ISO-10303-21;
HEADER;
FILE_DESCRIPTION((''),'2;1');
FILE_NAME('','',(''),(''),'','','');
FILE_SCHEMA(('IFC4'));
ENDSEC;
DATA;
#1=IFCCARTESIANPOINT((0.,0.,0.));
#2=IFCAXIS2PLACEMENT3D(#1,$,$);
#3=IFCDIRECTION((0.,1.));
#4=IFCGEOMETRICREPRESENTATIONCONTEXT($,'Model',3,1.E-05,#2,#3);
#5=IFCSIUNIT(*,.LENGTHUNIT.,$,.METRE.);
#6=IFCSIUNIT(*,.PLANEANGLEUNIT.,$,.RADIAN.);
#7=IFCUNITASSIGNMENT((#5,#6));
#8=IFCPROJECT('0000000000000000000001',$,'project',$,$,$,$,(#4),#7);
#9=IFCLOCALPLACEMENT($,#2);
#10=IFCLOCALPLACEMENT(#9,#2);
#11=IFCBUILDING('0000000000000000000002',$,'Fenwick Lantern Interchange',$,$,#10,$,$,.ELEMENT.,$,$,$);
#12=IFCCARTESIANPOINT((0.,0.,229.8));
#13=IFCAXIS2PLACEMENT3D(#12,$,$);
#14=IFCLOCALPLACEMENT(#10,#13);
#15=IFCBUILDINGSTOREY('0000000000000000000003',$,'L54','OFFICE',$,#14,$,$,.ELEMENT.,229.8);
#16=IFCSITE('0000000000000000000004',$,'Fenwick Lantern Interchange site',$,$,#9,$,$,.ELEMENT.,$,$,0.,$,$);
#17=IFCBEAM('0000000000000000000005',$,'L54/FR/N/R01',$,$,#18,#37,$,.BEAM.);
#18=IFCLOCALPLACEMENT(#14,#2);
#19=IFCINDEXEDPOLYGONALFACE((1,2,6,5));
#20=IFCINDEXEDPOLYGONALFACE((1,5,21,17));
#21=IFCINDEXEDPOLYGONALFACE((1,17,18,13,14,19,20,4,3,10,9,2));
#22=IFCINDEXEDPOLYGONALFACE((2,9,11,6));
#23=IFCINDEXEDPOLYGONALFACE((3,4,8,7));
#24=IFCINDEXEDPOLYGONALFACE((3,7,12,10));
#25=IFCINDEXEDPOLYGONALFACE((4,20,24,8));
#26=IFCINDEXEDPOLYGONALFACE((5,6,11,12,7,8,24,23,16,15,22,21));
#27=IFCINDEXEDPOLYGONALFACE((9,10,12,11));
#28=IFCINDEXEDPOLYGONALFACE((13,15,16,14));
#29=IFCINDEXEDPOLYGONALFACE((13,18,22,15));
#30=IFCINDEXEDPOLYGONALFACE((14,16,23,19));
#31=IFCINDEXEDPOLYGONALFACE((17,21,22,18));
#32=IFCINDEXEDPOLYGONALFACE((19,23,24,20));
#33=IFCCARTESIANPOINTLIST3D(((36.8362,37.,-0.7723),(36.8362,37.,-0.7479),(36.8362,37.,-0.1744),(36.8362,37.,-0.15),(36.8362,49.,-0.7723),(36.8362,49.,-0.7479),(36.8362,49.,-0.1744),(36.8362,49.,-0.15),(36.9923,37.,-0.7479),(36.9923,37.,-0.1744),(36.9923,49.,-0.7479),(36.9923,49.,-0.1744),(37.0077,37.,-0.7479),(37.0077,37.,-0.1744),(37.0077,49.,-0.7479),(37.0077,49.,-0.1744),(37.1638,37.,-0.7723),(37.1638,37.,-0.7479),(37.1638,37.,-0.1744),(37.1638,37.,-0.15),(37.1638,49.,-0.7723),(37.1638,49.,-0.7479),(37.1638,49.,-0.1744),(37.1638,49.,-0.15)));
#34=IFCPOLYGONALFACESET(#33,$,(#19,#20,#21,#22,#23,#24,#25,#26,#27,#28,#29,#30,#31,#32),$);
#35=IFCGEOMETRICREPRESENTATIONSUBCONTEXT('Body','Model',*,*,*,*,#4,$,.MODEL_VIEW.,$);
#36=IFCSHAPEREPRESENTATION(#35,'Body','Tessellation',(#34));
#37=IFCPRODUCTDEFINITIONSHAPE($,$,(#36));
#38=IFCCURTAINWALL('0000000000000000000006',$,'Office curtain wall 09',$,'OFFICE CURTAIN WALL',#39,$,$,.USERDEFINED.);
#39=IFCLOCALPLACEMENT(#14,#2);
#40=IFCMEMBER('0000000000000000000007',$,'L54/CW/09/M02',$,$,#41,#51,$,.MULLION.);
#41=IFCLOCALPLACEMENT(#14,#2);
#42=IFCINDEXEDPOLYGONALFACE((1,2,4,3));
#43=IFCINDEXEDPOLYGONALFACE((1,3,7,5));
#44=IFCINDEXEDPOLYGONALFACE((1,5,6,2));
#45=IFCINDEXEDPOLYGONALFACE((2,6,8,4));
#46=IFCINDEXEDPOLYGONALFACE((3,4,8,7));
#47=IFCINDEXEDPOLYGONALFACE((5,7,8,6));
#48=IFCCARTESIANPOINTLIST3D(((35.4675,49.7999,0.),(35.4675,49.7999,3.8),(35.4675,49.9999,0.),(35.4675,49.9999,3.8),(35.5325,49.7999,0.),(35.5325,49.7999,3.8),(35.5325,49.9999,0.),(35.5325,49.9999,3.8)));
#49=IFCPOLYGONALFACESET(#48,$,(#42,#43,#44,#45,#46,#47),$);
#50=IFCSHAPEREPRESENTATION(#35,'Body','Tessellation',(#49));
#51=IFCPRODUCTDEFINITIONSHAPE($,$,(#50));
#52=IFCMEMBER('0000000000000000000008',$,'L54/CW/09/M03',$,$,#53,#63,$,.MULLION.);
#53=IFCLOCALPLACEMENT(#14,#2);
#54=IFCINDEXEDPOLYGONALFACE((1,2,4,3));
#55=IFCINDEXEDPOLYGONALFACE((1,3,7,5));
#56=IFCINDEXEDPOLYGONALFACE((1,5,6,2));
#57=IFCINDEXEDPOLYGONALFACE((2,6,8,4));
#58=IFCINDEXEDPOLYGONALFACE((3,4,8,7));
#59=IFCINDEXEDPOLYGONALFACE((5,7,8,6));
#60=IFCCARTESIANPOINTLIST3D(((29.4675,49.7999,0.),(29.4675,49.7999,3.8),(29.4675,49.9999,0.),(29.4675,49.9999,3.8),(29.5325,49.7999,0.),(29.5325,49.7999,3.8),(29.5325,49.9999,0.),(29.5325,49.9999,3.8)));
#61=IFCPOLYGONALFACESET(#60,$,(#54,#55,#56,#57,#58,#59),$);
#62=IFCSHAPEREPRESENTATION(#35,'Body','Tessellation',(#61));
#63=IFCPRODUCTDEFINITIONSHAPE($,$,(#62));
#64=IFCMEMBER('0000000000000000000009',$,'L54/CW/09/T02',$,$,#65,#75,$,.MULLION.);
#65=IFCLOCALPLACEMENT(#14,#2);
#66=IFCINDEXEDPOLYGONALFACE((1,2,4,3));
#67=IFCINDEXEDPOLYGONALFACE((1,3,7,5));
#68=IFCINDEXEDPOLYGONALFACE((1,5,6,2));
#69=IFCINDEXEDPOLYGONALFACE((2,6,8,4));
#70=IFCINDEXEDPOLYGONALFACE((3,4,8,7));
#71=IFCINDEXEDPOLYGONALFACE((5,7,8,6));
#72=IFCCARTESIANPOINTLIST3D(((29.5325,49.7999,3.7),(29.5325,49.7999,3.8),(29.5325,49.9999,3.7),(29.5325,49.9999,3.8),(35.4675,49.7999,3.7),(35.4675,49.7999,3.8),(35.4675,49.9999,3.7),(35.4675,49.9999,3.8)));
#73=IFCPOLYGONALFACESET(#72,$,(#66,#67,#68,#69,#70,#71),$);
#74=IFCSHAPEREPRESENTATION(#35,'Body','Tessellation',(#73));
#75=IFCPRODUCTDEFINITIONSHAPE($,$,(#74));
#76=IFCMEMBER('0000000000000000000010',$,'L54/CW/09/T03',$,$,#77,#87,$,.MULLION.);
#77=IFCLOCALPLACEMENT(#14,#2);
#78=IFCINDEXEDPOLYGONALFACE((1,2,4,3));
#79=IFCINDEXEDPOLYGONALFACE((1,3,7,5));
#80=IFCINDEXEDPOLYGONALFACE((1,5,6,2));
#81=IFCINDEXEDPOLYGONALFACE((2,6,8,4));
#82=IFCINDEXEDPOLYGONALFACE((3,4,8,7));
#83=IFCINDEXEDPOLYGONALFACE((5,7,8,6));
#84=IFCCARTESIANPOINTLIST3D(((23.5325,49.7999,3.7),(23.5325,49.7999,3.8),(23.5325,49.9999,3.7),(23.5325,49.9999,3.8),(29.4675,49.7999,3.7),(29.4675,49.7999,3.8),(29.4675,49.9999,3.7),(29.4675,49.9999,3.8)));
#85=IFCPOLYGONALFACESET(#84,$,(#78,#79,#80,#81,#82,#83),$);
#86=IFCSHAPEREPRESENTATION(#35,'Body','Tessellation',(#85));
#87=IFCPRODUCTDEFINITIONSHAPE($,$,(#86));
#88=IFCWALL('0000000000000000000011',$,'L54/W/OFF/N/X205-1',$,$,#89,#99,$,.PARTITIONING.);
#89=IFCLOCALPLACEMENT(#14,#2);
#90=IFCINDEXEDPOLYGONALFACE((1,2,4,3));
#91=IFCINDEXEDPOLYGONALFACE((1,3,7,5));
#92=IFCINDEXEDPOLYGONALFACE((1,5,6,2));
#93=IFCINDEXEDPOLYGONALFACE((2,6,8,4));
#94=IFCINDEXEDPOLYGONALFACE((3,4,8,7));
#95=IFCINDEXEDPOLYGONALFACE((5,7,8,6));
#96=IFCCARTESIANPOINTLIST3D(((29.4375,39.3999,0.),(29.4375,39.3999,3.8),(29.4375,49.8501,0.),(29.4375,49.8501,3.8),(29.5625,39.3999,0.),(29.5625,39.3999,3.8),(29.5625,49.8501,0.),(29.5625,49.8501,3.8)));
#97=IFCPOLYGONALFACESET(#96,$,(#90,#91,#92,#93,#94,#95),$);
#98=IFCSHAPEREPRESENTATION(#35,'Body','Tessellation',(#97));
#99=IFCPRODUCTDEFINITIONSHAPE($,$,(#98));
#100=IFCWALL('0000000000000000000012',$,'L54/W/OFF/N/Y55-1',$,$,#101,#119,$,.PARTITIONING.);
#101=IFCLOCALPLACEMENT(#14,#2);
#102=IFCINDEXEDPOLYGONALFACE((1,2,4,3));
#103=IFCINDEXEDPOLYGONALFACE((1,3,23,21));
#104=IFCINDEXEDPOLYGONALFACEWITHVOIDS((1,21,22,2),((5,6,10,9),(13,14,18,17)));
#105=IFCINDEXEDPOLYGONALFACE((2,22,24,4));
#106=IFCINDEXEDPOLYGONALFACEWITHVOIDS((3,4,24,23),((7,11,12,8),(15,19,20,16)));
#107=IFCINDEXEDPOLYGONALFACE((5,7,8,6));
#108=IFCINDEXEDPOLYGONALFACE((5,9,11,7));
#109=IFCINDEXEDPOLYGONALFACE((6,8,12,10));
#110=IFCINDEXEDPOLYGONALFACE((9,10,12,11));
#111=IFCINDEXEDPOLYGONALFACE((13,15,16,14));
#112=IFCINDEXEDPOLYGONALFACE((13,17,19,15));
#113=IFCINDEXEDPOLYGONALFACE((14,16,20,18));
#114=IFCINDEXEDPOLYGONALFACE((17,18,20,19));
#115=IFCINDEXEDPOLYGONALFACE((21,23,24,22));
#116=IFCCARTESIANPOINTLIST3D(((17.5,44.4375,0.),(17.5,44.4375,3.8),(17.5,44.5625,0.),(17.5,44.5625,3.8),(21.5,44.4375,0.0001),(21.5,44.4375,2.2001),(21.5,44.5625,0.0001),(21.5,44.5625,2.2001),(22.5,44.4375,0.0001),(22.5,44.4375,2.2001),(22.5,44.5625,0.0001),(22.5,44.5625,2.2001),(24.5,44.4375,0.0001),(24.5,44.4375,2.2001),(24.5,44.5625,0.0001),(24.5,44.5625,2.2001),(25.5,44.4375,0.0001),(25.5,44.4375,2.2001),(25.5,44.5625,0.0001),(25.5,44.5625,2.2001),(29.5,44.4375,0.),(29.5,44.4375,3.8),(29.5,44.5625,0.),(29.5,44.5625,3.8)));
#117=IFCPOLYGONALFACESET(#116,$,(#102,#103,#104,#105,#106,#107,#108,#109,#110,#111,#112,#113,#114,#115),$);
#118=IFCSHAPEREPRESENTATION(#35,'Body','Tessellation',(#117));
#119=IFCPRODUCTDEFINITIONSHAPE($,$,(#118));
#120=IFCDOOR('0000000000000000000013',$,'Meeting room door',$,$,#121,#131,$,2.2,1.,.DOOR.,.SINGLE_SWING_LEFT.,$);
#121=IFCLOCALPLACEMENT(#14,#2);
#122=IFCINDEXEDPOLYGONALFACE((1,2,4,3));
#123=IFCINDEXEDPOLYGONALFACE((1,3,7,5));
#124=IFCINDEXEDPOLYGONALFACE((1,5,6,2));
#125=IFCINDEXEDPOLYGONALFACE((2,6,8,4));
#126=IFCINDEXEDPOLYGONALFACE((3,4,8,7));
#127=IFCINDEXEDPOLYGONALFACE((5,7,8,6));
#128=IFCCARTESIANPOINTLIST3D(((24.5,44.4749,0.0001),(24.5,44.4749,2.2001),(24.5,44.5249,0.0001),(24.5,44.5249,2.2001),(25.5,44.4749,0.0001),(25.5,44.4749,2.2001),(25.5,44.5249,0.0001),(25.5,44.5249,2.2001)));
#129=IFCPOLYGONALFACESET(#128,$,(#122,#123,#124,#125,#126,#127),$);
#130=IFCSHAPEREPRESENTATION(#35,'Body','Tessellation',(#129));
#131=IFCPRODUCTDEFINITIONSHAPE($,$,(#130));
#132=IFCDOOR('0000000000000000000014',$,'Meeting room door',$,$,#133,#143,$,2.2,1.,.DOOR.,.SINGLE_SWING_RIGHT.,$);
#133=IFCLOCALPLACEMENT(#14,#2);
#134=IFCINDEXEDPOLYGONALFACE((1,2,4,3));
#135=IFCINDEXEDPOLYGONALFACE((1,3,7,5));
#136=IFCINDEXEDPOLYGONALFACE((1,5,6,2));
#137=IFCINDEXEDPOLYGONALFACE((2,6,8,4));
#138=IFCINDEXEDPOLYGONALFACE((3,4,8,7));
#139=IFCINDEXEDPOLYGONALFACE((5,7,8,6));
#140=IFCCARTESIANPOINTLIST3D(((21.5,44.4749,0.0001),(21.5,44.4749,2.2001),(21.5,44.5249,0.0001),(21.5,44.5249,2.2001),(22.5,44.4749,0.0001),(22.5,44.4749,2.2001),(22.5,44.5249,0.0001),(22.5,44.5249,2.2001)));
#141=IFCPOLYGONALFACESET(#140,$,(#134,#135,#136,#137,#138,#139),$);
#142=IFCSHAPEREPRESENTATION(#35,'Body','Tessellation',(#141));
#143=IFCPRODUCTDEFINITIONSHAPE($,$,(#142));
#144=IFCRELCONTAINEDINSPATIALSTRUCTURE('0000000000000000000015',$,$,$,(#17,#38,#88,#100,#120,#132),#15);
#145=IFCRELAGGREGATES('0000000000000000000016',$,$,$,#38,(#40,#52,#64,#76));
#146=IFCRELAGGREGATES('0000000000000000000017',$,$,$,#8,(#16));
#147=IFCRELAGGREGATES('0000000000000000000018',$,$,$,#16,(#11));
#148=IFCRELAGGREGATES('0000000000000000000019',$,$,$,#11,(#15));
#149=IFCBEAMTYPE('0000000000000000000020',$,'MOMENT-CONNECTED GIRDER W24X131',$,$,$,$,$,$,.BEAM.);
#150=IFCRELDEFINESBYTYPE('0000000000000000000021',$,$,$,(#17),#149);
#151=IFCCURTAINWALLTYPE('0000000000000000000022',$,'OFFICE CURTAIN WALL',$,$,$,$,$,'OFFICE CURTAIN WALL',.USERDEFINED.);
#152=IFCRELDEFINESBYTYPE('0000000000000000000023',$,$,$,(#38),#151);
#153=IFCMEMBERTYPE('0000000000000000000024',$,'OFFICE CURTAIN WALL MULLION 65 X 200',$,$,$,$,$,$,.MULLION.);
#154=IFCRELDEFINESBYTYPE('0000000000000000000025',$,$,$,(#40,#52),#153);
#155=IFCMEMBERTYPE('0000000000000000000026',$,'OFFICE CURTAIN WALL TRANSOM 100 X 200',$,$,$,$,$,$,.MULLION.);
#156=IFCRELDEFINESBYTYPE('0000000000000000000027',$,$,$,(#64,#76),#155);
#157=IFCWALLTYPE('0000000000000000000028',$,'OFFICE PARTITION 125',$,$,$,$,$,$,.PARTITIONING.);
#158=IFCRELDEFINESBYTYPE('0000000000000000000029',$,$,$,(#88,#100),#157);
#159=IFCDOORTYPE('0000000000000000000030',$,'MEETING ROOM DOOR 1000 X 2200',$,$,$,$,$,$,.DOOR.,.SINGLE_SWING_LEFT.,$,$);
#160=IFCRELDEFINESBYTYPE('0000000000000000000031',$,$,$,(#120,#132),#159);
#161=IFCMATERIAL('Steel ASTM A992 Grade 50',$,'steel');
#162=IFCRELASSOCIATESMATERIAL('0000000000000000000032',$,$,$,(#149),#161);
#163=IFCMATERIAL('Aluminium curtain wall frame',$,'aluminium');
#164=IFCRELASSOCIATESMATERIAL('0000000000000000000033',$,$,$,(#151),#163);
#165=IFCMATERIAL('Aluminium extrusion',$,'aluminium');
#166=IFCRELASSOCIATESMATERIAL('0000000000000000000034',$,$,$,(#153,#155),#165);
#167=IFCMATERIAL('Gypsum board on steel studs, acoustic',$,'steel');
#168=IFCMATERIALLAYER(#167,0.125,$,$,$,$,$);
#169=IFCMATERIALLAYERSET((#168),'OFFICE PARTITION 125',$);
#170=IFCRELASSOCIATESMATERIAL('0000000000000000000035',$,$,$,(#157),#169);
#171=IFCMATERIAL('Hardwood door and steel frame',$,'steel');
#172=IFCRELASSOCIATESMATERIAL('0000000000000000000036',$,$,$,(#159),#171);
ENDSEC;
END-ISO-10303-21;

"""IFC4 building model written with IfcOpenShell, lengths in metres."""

from ifc_helpers import new_model, si_unit, direction, frame, frame_2d, origin, origin_2d, place, context, subcontext, project, spatial, rectangle, i_section, extrude, material, layer, layer_set, material_profile, profile_set, type_object, element, fill, aggregate, save


model = new_model("IFC4")

# Units and contexts
model_context = context("Model", 3, precision=1e-05, world=origin(), true_north=direction((0.0, 1.0)))
body_context = subcontext(model_context, "Body", "Model", "MODEL_VIEW")
ifc_project = project(units=[si_unit("LENGTHUNIT", "METRE"), si_unit("PLANEANGLEUNIT", "RADIAN")], contexts=[model_context])

# Site, building, storey
site_placement = place(None, origin())
site = spatial("IfcSite", under=ifc_project, at=site_placement, Name="Fenwick Lantern Interchange site", CompositionType="ELEMENT", RefElevation=0.0)
building_placement = place(site_placement, origin())
building = spatial("IfcBuilding", under=site, at=building_placement, Name="Fenwick Lantern Interchange", CompositionType="ELEMENT")
storey_placement = place(building_placement, frame((0.0, 0.0, 229.8)))
storey = spatial("IfcBuildingStorey", under=building, at=storey_placement, Name="L54", Description="OFFICE", CompositionType="ELEMENT", Elevation=229.8)

# Beam
ifc_material_1 = material(Name="Steel ASTM A992 Grade 50", Category="steel")
ifc_material_profile_1 = material_profile(ifc_material_1, i_section(OverallWidth=0.3276, OverallDepth=0.6223, WebThickness=0.0154, FlangeThickness=0.0244, at=origin_2d()), Name="W24X131")
ifc_profile_set_1 = profile_set([ifc_material_profile_1], Name="Steel ASTM A992 Grade 50")
beam_type_1 = type_object("IfcBeamType", Name="MOMENT-CONNECTED GIRDER W24X131", PredefinedType="BEAM", material=ifc_profile_set_1)
beam_1_placement = place(storey_placement, frame((37.0, 49.0, -0.4612), z_axis=(0.0, -1.0, 0.0), x_axis=(1.0, 0.0, 0.0)))
element("IfcBeam", 1, at=beam_1_placement, inside=storey, type_object=beam_type_1, Name="L54/FR/N/R01", PredefinedType="BEAM", context=body_context, shape_type="SweptSolid", body=[
    extrude(i_section(OverallWidth=0.3276, OverallDepth=0.6223, WebThickness=0.0154, FlangeThickness=0.0244, at=origin_2d()), origin(), (0.0, 0.0, 1.0), 12.0),
])

# Curtain wall, members
ifc_material_2 = material(Name="Aluminium curtain wall frame", Category="aluminium")
curtain_wall_type = type_object("IfcCurtainWallType", Name="OFFICE CURTAIN WALL", ElementType="OFFICE CURTAIN WALL", PredefinedType="USERDEFINED", material=ifc_material_2)
curtain_wall_placement = place(storey_placement, origin())
curtain_wall = element("IfcCurtainWall", 2, at=curtain_wall_placement, inside=storey, type_object=curtain_wall_type, Name="Office curtain wall 09", ObjectType="OFFICE CURTAIN WALL", PredefinedType="USERDEFINED")
ifc_material_3 = material(Name="Aluminium extrusion", Category="aluminium")
ifc_material_profile_2 = material_profile(ifc_material_3, rectangle(XDim=0.2, YDim=0.0649, at=origin_2d()), Name="OFFICE CURTAIN WALL MULLION 65 X 200")
ifc_profile_set_2 = profile_set([ifc_material_profile_2], Name="Aluminium extrusion")
member_type_1 = type_object("IfcMemberType", Name="OFFICE CURTAIN WALL MULLION 65 X 200", PredefinedType="MULLION", material=ifc_profile_set_2)
member_1_placement = place(storey_placement, frame((35.5, 49.8999, 0.0), z_axis=(0.0, 0.0, 1.0), x_axis=(0.0, -1.0, 0.0)))
member_1 = element("IfcMember", 3, at=member_1_placement, type_object=member_type_1, Name="L54/CW/09/M02", PredefinedType="MULLION", context=body_context, shape_type="SweptSolid", body=[
    extrude(rectangle(XDim=0.2, YDim=0.0649, at=origin_2d()), origin(), (0.0, 0.0, 1.0), 3.8),
])
member_2_placement = place(storey_placement, frame((29.5, 49.8999, 0.0), z_axis=(0.0, 0.0, 1.0), x_axis=(0.0, -1.0, 0.0)))
member_2 = element("IfcMember", 4, at=member_2_placement, type_object=member_type_1, Name="L54/CW/09/M03", PredefinedType="MULLION", context=body_context, shape_type="SweptSolid", body=[
    extrude(rectangle(XDim=0.2, YDim=0.0649, at=origin_2d()), origin(), (0.0, 0.0, 1.0), 3.8),
])
ifc_material_profile_3 = material_profile(ifc_material_3, rectangle(XDim=0.2, YDim=0.1001, at=origin_2d()), Name="OFFICE CURTAIN WALL TRANSOM 100 X 200")
ifc_profile_set_3 = profile_set([ifc_material_profile_3], Name="Aluminium extrusion")
member_type_2 = type_object("IfcMemberType", Name="OFFICE CURTAIN WALL TRANSOM 100 X 200", PredefinedType="MULLION", material=ifc_profile_set_3)
member_3_placement = place(storey_placement, frame((35.4675, 49.8999, 3.75), z_axis=(-1.0, 0.0, 0.0), x_axis=(0.0, -1.0, 0.0)))
member_3 = element("IfcMember", 5, at=member_3_placement, type_object=member_type_2, Name="L54/CW/09/T02", PredefinedType="MULLION", context=body_context, shape_type="SweptSolid", body=[
    extrude(rectangle(XDim=0.2, YDim=0.1001, at=origin_2d()), origin(), (0.0, 0.0, 1.0), 5.9351),
])
member_4_placement = place(storey_placement, frame((29.4675, 49.8999, 3.75), z_axis=(-1.0, 0.0, 0.0), x_axis=(0.0, -1.0, 0.0)))
member_4 = element("IfcMember", 6, at=member_4_placement, type_object=member_type_2, Name="L54/CW/09/T03", PredefinedType="MULLION", context=body_context, shape_type="SweptSolid", body=[
    extrude(rectangle(XDim=0.2, YDim=0.1001, at=origin_2d()), origin(), (0.0, 0.0, 1.0), 5.9351),
])
aggregate(curtain_wall, [member_1, member_2, member_3, member_4])

# Wall
ifc_material_4 = material(Name="Gypsum board on steel studs, acoustic", Category="steel")
ifc_layer = layer(ifc_material_4, 0.125)
ifc_layer_set = layer_set([ifc_layer], Name="OFFICE PARTITION 125")
wall_type = type_object("IfcWallType", Name="OFFICE PARTITION 125", PredefinedType="PARTITIONING", material=ifc_layer_set)
wall_1_placement = place(storey_placement, frame((29.5, 49.8501, 0.0), z_axis=(0.0, 0.0, 1.0), x_axis=(0.0, -1.0, 0.0)))
element("IfcWall", 7, at=wall_1_placement, inside=storey, type_object=wall_type, Name="L54/W/OFF/N/X205-1", PredefinedType="PARTITIONING", context=body_context, shape_type="SweptSolid", body=[
    extrude(rectangle(XDim=10.4502, YDim=0.125, at=frame_2d((5.2251, 0.0))), origin(), (0.0, 0.0, 1.0), 3.8),
])

# Wall, openings, doors
wall_2_placement = place(storey_placement, frame((29.5, 44.5, 0.0), z_axis=(0.0, 0.0, 1.0), x_axis=(-1.0, 0.0, 0.0)))
wall_2 = element("IfcWall", 8, at=wall_2_placement, inside=storey, type_object=wall_type, Name="L54/W/OFF/N/Y55-1", PredefinedType="PARTITIONING", context=body_context, shape_type="SweptSolid", body=[
    extrude(rectangle(XDim=12.0, YDim=0.125, at=frame_2d((6.0, 0.0))), origin(), (0.0, 0.0, 1.0), 3.8),
])
opening_1_placement = place(wall_2_placement, frame((4.0, 0.0, 0.0)))
opening_1 = element("IfcOpeningElement", 9, at=opening_1_placement, cuts=wall_2, PredefinedType="OPENING", context=body_context, shape_type="SweptSolid", body=[
    extrude(rectangle(XDim=1.0, YDim=2.2, at=frame_2d((0.5, 1.1001))), frame((0.0, 0.0725, 0.0), z_axis=(0.0, -1.0, 0.0), x_axis=(1.0, 0.0, 0.0)), (0.0, 0.0, 1.0), 0.145),
])
opening_2_placement = place(wall_2_placement, frame((7.0, 0.0, 0.0)))
opening_2 = element("IfcOpeningElement", 10, at=opening_2_placement, cuts=wall_2, PredefinedType="OPENING", context=body_context, shape_type="SweptSolid", body=[
    extrude(rectangle(XDim=1.0, YDim=2.2, at=frame_2d((0.5, 1.1001))), frame((0.0, 0.0725, 0.0), z_axis=(0.0, -1.0, 0.0), x_axis=(1.0, 0.0, 0.0)), (0.0, 0.0, 1.0), 0.145),
])
ifc_material_5 = material(Name="Hardwood door and steel frame", Category="steel")
door_type = type_object("IfcDoorType", Name="MEETING ROOM DOOR 1000 X 2200", OperationType="SINGLE_SWING_LEFT", PredefinedType="DOOR", material=ifc_material_5)
door_1_placement = place(opening_1_placement, frame((1.0, 0.0, 0.0), z_axis=(0.0, 0.0, 1.0), x_axis=(-1.0, 0.0, 0.0)))
door_1 = element("IfcDoor", 11, at=door_1_placement, inside=storey, type_object=door_type, Name="Meeting room door", OperationType="SINGLE_SWING_LEFT", OverallHeight=2.2, OverallWidth=1.0, PredefinedType="DOOR", context=body_context, shape_type="SweptSolid", body=[
    extrude(rectangle(XDim=1.0, YDim=2.2, at=frame_2d((0.5, 1.1001))), frame((0.0, 0.0249, 0.0), z_axis=(0.0, -1.0, 0.0), x_axis=(1.0, 0.0, 0.0)), (0.0, 0.0, 1.0), 0.05),
])
fill(opening_1, door_1)
door_2_placement = place(opening_2_placement, frame((1.0, 0.0, 0.0), z_axis=(0.0, 0.0, 1.0), x_axis=(-1.0, 0.0, 0.0)))
door_2 = element("IfcDoor", 12, at=door_2_placement, inside=storey, type_object=door_type, Name="Meeting room door", OperationType="SINGLE_SWING_RIGHT", OverallHeight=2.2, OverallWidth=1.0, PredefinedType="DOOR", context=body_context, shape_type="SweptSolid", body=[
    extrude(rectangle(XDim=1.0, YDim=2.2, at=frame_2d((0.5, 1.1001))), frame((0.0, 0.0249, 0.0), z_axis=(0.0, -1.0, 0.0), x_axis=(1.0, 0.0, 0.0)), (0.0, 0.0, 1.0), 0.05),
])
fill(opening_2, door_2)

save(model, "model.ifc")
